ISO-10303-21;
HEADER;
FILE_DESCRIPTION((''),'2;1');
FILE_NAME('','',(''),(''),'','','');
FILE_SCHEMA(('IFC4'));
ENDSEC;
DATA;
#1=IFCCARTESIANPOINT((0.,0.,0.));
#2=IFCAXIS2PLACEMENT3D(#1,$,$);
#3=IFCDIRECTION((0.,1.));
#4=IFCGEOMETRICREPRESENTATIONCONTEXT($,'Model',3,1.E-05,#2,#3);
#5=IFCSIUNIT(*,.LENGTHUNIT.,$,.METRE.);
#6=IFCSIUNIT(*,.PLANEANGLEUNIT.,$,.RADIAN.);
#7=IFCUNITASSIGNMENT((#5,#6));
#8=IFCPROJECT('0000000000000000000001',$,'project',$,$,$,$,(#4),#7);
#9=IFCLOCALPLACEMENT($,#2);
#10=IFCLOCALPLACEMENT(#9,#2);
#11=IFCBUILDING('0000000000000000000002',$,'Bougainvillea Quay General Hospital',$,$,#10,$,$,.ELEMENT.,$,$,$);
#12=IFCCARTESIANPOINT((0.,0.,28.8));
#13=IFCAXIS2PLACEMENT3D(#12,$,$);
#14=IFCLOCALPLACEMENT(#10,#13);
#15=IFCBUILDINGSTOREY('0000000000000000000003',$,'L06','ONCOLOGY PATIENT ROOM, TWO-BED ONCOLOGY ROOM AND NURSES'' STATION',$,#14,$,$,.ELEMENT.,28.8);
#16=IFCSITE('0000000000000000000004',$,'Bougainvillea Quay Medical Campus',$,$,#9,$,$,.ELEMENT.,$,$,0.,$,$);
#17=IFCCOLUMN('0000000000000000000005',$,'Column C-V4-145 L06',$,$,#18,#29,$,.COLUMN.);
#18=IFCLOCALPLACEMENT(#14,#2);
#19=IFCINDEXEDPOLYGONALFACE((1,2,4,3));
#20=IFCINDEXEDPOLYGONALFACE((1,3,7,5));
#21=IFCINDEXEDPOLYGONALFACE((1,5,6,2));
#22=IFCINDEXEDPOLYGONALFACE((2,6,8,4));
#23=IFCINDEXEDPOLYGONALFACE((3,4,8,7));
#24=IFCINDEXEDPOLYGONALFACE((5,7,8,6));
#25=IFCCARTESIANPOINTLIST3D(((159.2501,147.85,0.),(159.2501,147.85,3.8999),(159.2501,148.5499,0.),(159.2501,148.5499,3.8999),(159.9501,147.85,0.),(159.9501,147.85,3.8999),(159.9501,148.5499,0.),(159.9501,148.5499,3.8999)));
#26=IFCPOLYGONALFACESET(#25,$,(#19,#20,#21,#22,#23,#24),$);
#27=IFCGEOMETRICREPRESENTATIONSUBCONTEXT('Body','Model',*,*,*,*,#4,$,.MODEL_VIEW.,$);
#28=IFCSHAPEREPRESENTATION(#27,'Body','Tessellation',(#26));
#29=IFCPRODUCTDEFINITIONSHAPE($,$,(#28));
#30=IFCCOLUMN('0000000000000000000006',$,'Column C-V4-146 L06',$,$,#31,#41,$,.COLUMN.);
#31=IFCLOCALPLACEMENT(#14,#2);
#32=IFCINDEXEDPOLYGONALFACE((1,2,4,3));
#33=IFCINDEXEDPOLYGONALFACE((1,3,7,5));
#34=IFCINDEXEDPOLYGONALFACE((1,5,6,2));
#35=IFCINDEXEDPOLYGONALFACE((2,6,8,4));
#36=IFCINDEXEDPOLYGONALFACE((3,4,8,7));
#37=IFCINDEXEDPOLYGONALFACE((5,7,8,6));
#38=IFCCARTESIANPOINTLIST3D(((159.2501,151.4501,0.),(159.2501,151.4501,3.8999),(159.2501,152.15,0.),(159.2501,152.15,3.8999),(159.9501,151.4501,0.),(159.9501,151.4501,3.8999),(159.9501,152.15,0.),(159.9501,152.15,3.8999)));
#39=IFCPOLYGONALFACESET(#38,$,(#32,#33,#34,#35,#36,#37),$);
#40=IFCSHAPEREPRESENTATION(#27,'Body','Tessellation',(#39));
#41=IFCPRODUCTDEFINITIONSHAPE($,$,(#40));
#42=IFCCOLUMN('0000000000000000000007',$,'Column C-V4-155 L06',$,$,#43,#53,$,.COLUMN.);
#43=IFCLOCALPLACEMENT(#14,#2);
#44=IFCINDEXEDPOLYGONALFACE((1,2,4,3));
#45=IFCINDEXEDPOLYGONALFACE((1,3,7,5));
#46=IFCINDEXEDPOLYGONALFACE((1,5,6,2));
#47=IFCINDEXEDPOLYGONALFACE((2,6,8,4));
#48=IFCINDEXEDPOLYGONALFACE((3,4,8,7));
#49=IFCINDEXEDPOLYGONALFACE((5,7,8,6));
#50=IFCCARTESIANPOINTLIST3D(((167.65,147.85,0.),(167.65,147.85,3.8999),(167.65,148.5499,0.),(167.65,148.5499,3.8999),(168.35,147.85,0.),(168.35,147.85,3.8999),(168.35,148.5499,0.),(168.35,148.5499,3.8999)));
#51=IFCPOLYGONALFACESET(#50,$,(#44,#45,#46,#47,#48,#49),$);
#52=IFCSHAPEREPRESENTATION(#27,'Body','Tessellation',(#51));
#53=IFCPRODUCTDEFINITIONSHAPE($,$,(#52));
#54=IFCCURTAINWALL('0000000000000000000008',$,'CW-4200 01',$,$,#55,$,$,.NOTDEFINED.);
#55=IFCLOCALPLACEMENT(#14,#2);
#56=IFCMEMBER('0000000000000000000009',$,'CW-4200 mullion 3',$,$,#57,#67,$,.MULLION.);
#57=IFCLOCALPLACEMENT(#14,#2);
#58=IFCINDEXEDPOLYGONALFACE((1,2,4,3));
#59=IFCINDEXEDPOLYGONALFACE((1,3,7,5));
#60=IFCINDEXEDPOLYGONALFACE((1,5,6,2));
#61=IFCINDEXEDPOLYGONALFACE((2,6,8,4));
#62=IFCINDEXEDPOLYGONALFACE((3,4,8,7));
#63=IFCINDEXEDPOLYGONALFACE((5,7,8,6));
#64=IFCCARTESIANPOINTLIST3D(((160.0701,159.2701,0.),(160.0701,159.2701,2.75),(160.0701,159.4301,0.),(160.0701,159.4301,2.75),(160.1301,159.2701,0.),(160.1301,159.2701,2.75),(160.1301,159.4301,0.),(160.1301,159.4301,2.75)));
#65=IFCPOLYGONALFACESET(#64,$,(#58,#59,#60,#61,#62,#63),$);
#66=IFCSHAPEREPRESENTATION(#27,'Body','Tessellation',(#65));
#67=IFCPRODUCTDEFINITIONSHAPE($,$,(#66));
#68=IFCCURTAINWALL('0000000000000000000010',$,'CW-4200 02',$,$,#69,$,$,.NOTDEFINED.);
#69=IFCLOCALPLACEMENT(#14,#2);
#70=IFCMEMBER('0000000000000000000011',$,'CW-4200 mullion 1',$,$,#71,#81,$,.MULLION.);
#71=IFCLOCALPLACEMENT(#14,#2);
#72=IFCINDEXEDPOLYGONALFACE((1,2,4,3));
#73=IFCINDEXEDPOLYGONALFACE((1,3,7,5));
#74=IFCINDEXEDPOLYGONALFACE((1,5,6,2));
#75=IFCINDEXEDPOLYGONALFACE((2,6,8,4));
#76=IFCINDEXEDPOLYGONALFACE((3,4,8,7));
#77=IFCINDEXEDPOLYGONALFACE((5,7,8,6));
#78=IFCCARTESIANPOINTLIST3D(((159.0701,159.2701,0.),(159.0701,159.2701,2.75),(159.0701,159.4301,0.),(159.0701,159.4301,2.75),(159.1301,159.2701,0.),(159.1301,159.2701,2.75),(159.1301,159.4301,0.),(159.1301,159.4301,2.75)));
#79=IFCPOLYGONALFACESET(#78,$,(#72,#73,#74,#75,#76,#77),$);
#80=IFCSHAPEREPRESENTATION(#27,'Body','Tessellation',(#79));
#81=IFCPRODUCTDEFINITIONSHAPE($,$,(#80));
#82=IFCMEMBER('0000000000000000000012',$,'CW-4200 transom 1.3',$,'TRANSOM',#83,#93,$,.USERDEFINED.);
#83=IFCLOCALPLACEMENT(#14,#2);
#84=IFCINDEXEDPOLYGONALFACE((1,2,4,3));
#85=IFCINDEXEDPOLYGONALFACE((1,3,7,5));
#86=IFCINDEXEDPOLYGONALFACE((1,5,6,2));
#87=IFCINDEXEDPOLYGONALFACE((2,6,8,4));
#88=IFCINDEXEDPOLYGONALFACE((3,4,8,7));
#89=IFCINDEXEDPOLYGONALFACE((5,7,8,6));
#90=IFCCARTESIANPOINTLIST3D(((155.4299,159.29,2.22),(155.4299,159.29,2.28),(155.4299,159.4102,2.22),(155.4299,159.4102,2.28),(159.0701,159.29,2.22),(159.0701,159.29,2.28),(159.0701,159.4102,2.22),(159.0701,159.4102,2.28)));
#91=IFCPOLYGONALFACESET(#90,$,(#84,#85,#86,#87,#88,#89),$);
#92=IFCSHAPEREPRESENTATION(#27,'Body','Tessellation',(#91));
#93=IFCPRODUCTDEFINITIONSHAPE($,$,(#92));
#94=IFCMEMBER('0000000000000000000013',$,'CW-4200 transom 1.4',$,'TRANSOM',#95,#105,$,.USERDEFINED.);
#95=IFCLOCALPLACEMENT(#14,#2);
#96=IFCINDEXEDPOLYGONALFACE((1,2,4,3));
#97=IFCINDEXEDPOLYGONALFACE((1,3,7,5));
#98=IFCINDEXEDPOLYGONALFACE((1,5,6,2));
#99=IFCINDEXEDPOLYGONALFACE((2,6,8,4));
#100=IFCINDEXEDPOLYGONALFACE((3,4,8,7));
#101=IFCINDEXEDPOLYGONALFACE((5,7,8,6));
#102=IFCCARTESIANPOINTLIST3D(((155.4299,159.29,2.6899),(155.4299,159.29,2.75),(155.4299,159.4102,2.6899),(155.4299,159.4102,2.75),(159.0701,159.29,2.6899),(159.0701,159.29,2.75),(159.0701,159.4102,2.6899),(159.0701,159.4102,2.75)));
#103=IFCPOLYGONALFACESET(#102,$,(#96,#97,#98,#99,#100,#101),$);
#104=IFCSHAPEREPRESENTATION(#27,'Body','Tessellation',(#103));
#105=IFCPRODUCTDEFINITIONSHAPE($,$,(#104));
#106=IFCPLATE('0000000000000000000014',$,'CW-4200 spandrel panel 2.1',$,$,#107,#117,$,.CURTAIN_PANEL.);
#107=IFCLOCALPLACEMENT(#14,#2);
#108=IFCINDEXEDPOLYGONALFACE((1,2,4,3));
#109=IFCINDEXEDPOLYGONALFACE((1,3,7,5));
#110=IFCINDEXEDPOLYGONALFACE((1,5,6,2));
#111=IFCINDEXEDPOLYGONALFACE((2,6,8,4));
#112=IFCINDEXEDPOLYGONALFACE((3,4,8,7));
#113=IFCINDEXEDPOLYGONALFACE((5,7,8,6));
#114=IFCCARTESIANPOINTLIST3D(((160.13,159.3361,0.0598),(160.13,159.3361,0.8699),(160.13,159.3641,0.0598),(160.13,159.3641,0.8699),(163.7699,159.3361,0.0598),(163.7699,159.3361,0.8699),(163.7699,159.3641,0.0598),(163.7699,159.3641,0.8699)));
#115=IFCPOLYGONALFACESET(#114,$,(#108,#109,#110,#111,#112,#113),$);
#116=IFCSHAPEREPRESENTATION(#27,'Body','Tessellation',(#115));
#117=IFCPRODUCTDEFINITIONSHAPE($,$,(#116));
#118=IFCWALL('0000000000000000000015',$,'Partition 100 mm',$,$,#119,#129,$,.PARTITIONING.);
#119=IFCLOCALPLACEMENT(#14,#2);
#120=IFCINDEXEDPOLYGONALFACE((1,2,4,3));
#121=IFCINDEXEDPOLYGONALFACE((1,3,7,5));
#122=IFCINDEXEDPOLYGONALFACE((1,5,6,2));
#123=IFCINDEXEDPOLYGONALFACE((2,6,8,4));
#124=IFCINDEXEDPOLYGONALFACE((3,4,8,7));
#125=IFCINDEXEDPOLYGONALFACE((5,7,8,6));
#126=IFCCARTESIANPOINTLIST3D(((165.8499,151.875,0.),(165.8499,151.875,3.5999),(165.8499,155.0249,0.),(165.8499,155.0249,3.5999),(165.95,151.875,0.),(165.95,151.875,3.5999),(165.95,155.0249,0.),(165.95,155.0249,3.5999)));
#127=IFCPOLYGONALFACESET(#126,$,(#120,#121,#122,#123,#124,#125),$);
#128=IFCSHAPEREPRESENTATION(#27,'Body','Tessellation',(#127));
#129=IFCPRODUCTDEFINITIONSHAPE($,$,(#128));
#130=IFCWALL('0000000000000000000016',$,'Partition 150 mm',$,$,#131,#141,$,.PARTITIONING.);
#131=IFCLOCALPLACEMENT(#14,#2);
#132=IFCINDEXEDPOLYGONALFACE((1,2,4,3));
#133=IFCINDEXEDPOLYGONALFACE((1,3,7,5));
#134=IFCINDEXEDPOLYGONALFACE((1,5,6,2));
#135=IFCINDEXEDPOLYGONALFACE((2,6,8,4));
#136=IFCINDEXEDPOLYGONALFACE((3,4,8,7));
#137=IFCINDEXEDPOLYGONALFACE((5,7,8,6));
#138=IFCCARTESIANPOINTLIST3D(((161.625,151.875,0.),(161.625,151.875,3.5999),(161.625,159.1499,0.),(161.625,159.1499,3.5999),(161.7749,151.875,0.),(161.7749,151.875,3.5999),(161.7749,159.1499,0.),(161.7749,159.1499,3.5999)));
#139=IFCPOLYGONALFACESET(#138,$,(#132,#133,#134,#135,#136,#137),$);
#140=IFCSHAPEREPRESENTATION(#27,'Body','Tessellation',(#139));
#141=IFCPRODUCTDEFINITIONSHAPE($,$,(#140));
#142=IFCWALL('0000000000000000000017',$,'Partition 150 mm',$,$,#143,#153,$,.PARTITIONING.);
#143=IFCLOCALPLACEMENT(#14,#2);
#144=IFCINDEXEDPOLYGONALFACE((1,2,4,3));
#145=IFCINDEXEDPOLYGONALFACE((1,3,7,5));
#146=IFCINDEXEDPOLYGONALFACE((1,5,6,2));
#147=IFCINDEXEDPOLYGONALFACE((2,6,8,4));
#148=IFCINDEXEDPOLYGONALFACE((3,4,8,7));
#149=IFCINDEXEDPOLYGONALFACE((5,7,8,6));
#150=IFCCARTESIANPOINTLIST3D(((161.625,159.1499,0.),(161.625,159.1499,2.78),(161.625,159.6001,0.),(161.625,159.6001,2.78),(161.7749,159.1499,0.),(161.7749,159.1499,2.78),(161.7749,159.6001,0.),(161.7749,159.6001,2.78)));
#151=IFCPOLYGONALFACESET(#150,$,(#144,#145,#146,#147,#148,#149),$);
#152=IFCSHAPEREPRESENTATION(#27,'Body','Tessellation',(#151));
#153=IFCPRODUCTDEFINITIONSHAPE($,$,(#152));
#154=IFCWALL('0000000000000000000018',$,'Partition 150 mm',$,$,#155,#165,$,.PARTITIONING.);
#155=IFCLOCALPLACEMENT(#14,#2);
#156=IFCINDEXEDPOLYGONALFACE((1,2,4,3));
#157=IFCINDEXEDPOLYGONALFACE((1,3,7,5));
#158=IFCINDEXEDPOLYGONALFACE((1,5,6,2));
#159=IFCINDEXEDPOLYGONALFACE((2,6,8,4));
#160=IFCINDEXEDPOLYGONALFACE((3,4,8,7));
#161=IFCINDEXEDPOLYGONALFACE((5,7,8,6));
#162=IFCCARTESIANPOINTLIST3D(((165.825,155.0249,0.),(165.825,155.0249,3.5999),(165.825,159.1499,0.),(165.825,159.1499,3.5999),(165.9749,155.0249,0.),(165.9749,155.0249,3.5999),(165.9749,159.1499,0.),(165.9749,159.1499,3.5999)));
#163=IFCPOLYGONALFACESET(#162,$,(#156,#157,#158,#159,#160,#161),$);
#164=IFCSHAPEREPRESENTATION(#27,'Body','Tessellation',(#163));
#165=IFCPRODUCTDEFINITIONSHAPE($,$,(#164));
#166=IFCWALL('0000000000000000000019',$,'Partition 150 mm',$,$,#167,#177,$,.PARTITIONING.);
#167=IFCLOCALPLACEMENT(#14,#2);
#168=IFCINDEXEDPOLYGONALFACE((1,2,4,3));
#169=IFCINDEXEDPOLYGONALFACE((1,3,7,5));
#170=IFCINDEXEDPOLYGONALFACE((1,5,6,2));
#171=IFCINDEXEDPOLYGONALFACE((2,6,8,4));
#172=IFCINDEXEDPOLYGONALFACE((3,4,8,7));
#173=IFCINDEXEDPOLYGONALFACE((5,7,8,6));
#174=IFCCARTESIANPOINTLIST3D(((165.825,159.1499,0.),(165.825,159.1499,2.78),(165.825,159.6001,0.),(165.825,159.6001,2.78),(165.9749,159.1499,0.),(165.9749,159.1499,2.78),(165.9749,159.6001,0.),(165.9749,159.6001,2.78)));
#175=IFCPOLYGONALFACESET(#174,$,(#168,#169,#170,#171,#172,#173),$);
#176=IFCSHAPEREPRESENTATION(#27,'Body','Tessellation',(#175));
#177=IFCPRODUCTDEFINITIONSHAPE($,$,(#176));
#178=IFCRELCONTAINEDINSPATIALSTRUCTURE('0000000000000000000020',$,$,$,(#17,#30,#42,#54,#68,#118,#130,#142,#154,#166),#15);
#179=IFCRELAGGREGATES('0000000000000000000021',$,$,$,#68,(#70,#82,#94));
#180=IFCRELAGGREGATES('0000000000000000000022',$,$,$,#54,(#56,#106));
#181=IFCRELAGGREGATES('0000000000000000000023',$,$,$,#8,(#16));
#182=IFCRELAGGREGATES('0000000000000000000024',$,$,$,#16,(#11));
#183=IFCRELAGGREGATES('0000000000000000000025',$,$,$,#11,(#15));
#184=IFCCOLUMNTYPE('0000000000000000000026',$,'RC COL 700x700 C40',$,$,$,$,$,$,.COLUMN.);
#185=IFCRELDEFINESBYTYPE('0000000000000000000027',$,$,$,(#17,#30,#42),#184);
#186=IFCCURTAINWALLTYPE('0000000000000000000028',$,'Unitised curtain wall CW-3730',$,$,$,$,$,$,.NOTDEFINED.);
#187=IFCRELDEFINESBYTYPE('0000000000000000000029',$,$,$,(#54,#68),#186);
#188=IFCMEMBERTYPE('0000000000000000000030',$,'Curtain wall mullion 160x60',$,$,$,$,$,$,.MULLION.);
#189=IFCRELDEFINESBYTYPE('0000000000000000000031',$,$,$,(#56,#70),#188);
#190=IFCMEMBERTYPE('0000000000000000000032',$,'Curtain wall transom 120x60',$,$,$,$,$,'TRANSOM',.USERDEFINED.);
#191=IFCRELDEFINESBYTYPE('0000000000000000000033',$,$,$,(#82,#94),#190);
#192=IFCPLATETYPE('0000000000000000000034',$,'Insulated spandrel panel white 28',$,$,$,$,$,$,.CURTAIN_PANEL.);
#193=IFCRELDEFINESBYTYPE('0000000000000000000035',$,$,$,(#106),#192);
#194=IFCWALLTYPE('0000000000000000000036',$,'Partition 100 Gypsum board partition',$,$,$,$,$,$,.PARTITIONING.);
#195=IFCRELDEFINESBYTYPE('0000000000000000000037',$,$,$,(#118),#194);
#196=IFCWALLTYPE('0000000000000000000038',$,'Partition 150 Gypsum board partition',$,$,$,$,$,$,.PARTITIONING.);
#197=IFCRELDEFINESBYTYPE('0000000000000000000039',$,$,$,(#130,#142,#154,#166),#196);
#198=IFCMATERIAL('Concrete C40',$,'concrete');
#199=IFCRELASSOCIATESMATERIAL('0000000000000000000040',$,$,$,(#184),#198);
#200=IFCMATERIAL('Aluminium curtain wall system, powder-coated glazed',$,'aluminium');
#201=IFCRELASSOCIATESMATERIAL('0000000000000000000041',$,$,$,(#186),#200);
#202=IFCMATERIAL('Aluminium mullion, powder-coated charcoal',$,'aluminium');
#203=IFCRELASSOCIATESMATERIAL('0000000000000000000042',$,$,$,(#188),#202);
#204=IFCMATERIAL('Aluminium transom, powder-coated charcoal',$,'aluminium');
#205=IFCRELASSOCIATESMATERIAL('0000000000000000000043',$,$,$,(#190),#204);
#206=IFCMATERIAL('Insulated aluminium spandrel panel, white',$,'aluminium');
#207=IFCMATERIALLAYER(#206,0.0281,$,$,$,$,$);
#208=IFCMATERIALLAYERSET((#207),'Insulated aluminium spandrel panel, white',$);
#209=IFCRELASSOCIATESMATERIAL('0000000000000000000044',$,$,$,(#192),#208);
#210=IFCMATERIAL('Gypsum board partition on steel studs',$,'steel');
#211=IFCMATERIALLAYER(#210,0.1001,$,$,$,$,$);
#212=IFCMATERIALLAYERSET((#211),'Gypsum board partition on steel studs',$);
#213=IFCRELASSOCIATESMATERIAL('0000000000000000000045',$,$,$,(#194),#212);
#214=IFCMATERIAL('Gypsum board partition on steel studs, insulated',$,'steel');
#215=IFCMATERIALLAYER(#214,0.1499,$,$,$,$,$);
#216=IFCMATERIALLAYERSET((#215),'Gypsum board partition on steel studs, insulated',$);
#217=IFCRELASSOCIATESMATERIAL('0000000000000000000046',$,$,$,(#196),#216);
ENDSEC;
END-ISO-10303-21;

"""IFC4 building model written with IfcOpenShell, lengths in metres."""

from ifc_helpers import new_model, si_unit, direction, frame, frame_2d, origin, origin_2d, place, context, subcontext, project, spatial, rectangle, extrude, material, layer, layer_set, material_profile, profile_set, type_object, element, aggregate, save


model = new_model("IFC4")

# Units and contexts
model_context = context("Model", 3, precision=1e-05, world=origin(), true_north=direction((0.0, 1.0)))
body_context = subcontext(model_context, "Body", "Model", "MODEL_VIEW")
ifc_project = project(units=[si_unit("LENGTHUNIT", "METRE"), si_unit("PLANEANGLEUNIT", "RADIAN")], contexts=[model_context])

# Site, building, storey
site_placement = place(None, origin())
site = spatial("IfcSite", under=ifc_project, at=site_placement, Name="Bougainvillea Quay Medical Campus", CompositionType="ELEMENT", RefElevation=0.0)
building_placement = place(site_placement, origin())
building = spatial("IfcBuilding", under=site, at=building_placement, Name="Bougainvillea Quay General Hospital", CompositionType="ELEMENT")
storey_placement = place(building_placement, frame((0.0, 0.0, 28.8)))
storey = spatial("IfcBuildingStorey", under=building, at=storey_placement, Name="L06", Description="ONCOLOGY PATIENT ROOM, TWO-BED ONCOLOGY ROOM AND NURSES' STATION", CompositionType="ELEMENT", Elevation=28.8)

# Columns
ifc_material_1 = material(Name="Concrete C40", Category="concrete")
ifc_material_profile_1 = material_profile(ifc_material_1, rectangle(XDim=0.7, YDim=0.7, at=origin_2d()))
ifc_profile_set_1 = profile_set([ifc_material_profile_1], Name="Concrete C40")
column_type = type_object("IfcColumnType", Name="RC COL 700x700 C40", PredefinedType="COLUMN", material=ifc_profile_set_1)
for number, where, z_axis, x_axis, name in (
    (1, (159.6001, 148.2, 0.0), (0.0, 0.0, 1.0), (1.0, 0.0, 0.0), "Column C-V4-145 L06"),
    (2, (159.6001, 151.8, 0.0), (0.0, 0.0, 1.0), (1.0, 0.0, 0.0), "Column C-V4-146 L06"),
    (3, (168.0, 148.2, 0.0), (0.0, 0.0, 1.0), (1.0, 0.0, 0.0), "Column C-V4-155 L06"),
):
    element("IfcColumn", number, at=place(storey_placement, frame(where, z_axis=z_axis, x_axis=x_axis)), inside=storey, type_object=column_type, Name=name, PredefinedType="COLUMN", context=body_context, shape_type="SweptSolid", body=[
        extrude(rectangle(XDim=0.7, YDim=0.7, at=origin_2d()), origin(), (0.0, 0.0, 1.0), 3.8999),
    ])

# Curtain wall, member
ifc_material_2 = material(Name="Aluminium curtain wall system, powder-coated glazed", Category="aluminium")
curtain_wall_type = type_object("IfcCurtainWallType", Name="Unitised curtain wall CW-3730", PredefinedType="NOTDEFINED", material=ifc_material_2)
curtain_wall_1_placement = place(storey_placement, origin())
curtain_wall_1 = element("IfcCurtainWall", 4, at=curtain_wall_1_placement, inside=storey, type_object=curtain_wall_type, Name="CW-4200 01", PredefinedType="NOTDEFINED")
ifc_material_3 = material(Name="Aluminium mullion, powder-coated charcoal", Category="aluminium")
ifc_material_profile_2 = material_profile(ifc_material_3, rectangle(XDim=0.1599, YDim=0.0601, at=origin_2d()))
ifc_profile_set_2 = profile_set([ifc_material_profile_2], Name="Aluminium mullion, powder-coated charcoal")
member_type_1 = type_object("IfcMemberType", Name="Curtain wall mullion 160x60", PredefinedType="MULLION", material=ifc_profile_set_2)
member_1_placement = place(storey_placement, frame((160.1001, 159.3501, 0.0), z_axis=(0.0, 0.0, 1.0), x_axis=(0.0, -1.0, 0.0)))
member_1 = element("IfcMember", 5, at=member_1_placement, type_object=member_type_1, Name="CW-4200 mullion 3", PredefinedType="MULLION", context=body_context, shape_type="SweptSolid", body=[
    extrude(rectangle(XDim=0.1599, YDim=0.0601, at=origin_2d()), origin(), (0.0, 0.0, 1.0), 2.75),
])

# Curtain wall, members
curtain_wall_2_placement = place(storey_placement, origin())
curtain_wall_2 = element("IfcCurtainWall", 6, at=curtain_wall_2_placement, inside=storey, type_object=curtain_wall_type, Name="CW-4200 02", PredefinedType="NOTDEFINED")
member_2_placement = place(storey_placement, frame((159.1001, 159.3501, 0.0), z_axis=(0.0, 0.0, 1.0), x_axis=(0.0, -1.0, 0.0)))
member_2 = element("IfcMember", 7, at=member_2_placement, type_object=member_type_1, Name="CW-4200 mullion 1", PredefinedType="MULLION", context=body_context, shape_type="SweptSolid", body=[
    extrude(rectangle(XDim=0.1599, YDim=0.0601, at=origin_2d()), origin(), (0.0, 0.0, 1.0), 2.75),
])
ifc_material_4 = material(Name="Aluminium transom, powder-coated charcoal", Category="aluminium")
ifc_material_profile_3 = material_profile(ifc_material_4, rectangle(XDim=0.1201, YDim=0.0601, at=origin_2d()))
ifc_profile_set_3 = profile_set([ifc_material_profile_3], Name="Aluminium transom, powder-coated charcoal")
member_type_2 = type_object("IfcMemberType", Name="Curtain wall transom 120x60", ElementType="TRANSOM", PredefinedType="USERDEFINED", material=ifc_profile_set_3)
member_3_placement = place(storey_placement, frame((159.0701, 159.3501, 2.25), z_axis=(-1.0, 0.0, 0.0), x_axis=(0.0, -1.0, 0.0)))
member_3 = element("IfcMember", 8, at=member_3_placement, type_object=member_type_2, Name="CW-4200 transom 1.3", ObjectType="TRANSOM", PredefinedType="USERDEFINED", context=body_context, shape_type="SweptSolid", body=[
    extrude(rectangle(XDim=0.1201, YDim=0.0601, at=origin_2d()), origin(), (0.0, 0.0, 1.0), 3.6401),
])
member_4_placement = place(storey_placement, frame((159.0701, 159.3501, 2.72), z_axis=(-1.0, 0.0, 0.0), x_axis=(0.0, -1.0, 0.0)))
member_4 = element("IfcMember", 9, at=member_4_placement, type_object=member_type_2, Name="CW-4200 transom 1.4", ObjectType="TRANSOM", PredefinedType="USERDEFINED", context=body_context, shape_type="SweptSolid", body=[
    extrude(rectangle(XDim=0.1201, YDim=0.0601, at=origin_2d()), origin(), (0.0, 0.0, 1.0), 3.6401),
])
aggregate(curtain_wall_2, [member_2, member_3, member_4])

# Plate
ifc_material_5 = material(Name="Insulated aluminium spandrel panel, white", Category="aluminium")
ifc_layer_1 = layer(ifc_material_5, 0.0281)
ifc_layer_set_1 = layer_set([ifc_layer_1], Name="Insulated aluminium spandrel panel, white")
plate_type = type_object("IfcPlateType", Name="Insulated spandrel panel white 28", PredefinedType="CURTAIN_PANEL", material=ifc_layer_set_1)
plate_placement = place(storey_placement, frame((161.95, 159.3501, 0.0598), z_axis=(0.0, 0.0, 1.0), x_axis=(-1.0, 0.0, 0.0)))
plate = element("IfcPlate", 10, at=plate_placement, type_object=plate_type, Name="CW-4200 spandrel panel 2.1", PredefinedType="CURTAIN_PANEL", context=body_context, shape_type="SweptSolid", body=[
    extrude(rectangle(XDim=3.6399, YDim=0.0281, at=origin_2d()), origin(), (0.0, 0.0, 1.0), 0.8101),
])
aggregate(curtain_wall_1, [member_1, plate])

# Walls
ifc_material_6 = material(Name="Gypsum board partition on steel studs", Category="steel")
ifc_layer_2 = layer(ifc_material_6, 0.1001)
ifc_layer_set_2 = layer_set([ifc_layer_2], Name="Gypsum board partition on steel studs")
wall_type_1 = type_object("IfcWallType", Name="Partition 100 Gypsum board partition", PredefinedType="PARTITIONING", material=ifc_layer_set_2)
wall_1_placement = place(storey_placement, frame((165.8999, 151.875, 0.0), z_axis=(0.0, 0.0, 1.0), x_axis=(0.0, 1.0, 0.0)))
element("IfcWall", 11, at=wall_1_placement, inside=storey, type_object=wall_type_1, Name="Partition 100 mm", PredefinedType="PARTITIONING", context=body_context, shape_type="SweptSolid", body=[
    extrude(rectangle(XDim=3.1499, YDim=0.1001, at=frame_2d((1.575, 0.0))), origin(), (0.0, 0.0, 1.0), 3.5999),
])
ifc_material_7 = material(Name="Gypsum board partition on steel studs, insulated", Category="steel")
ifc_layer_3 = layer(ifc_material_7, 0.1499)
ifc_layer_set_3 = layer_set([ifc_layer_3], Name="Gypsum board partition on steel studs, insulated")
wall_type_2 = type_object("IfcWallType", Name="Partition 150 Gypsum board partition", PredefinedType="PARTITIONING", material=ifc_layer_set_3)
wall_2_placement = place(storey_placement, frame((161.7, 151.875, 0.0), z_axis=(0.0, 0.0, 1.0), x_axis=(0.0, 1.0, 0.0)))
element("IfcWall", 12, at=wall_2_placement, inside=storey, type_object=wall_type_2, Name="Partition 150 mm", PredefinedType="PARTITIONING", context=body_context, shape_type="SweptSolid", body=[
    extrude(rectangle(XDim=7.2749, YDim=0.1499, at=frame_2d((3.6375, 0.0))), origin(), (0.0, 0.0, 1.0), 3.5999),
])
wall_3_placement = place(storey_placement, frame((161.7, 159.1499, 0.0), z_axis=(0.0, 0.0, 1.0), x_axis=(0.0, 1.0, 0.0)))
element("IfcWall", 13, at=wall_3_placement, inside=storey, type_object=wall_type_2, Name="Partition 150 mm", PredefinedType="PARTITIONING", context=body_context, shape_type="SweptSolid", body=[
    extrude(rectangle(XDim=0.4502, YDim=0.1499, at=frame_2d((0.2251, 0.0))), origin(), (0.0, 0.0, 1.0), 2.78),
])
wall_4_placement = place(storey_placement, frame((165.8999, 155.0249, 0.0), z_axis=(0.0, 0.0, 1.0), x_axis=(0.0, 1.0, 0.0)))
element("IfcWall", 14, at=wall_4_placement, inside=storey, type_object=wall_type_2, Name="Partition 150 mm", PredefinedType="PARTITIONING", context=body_context, shape_type="SweptSolid", body=[
    extrude(rectangle(XDim=4.125, YDim=0.1499, at=frame_2d((2.0625, 0.0))), origin(), (0.0, 0.0, 1.0), 3.5999),
])
wall_5_placement = place(storey_placement, frame((165.8999, 159.1499, 0.0), z_axis=(0.0, 0.0, 1.0), x_axis=(0.0, 1.0, 0.0)))
element("IfcWall", 15, at=wall_5_placement, inside=storey, type_object=wall_type_2, Name="Partition 150 mm", PredefinedType="PARTITIONING", context=body_context, shape_type="SweptSolid", body=[
    extrude(rectangle(XDim=0.4502, YDim=0.1499, at=frame_2d((0.2251, 0.0))), origin(), (0.0, 0.0, 1.0), 2.78),
])

save(model, "model.ifc")
